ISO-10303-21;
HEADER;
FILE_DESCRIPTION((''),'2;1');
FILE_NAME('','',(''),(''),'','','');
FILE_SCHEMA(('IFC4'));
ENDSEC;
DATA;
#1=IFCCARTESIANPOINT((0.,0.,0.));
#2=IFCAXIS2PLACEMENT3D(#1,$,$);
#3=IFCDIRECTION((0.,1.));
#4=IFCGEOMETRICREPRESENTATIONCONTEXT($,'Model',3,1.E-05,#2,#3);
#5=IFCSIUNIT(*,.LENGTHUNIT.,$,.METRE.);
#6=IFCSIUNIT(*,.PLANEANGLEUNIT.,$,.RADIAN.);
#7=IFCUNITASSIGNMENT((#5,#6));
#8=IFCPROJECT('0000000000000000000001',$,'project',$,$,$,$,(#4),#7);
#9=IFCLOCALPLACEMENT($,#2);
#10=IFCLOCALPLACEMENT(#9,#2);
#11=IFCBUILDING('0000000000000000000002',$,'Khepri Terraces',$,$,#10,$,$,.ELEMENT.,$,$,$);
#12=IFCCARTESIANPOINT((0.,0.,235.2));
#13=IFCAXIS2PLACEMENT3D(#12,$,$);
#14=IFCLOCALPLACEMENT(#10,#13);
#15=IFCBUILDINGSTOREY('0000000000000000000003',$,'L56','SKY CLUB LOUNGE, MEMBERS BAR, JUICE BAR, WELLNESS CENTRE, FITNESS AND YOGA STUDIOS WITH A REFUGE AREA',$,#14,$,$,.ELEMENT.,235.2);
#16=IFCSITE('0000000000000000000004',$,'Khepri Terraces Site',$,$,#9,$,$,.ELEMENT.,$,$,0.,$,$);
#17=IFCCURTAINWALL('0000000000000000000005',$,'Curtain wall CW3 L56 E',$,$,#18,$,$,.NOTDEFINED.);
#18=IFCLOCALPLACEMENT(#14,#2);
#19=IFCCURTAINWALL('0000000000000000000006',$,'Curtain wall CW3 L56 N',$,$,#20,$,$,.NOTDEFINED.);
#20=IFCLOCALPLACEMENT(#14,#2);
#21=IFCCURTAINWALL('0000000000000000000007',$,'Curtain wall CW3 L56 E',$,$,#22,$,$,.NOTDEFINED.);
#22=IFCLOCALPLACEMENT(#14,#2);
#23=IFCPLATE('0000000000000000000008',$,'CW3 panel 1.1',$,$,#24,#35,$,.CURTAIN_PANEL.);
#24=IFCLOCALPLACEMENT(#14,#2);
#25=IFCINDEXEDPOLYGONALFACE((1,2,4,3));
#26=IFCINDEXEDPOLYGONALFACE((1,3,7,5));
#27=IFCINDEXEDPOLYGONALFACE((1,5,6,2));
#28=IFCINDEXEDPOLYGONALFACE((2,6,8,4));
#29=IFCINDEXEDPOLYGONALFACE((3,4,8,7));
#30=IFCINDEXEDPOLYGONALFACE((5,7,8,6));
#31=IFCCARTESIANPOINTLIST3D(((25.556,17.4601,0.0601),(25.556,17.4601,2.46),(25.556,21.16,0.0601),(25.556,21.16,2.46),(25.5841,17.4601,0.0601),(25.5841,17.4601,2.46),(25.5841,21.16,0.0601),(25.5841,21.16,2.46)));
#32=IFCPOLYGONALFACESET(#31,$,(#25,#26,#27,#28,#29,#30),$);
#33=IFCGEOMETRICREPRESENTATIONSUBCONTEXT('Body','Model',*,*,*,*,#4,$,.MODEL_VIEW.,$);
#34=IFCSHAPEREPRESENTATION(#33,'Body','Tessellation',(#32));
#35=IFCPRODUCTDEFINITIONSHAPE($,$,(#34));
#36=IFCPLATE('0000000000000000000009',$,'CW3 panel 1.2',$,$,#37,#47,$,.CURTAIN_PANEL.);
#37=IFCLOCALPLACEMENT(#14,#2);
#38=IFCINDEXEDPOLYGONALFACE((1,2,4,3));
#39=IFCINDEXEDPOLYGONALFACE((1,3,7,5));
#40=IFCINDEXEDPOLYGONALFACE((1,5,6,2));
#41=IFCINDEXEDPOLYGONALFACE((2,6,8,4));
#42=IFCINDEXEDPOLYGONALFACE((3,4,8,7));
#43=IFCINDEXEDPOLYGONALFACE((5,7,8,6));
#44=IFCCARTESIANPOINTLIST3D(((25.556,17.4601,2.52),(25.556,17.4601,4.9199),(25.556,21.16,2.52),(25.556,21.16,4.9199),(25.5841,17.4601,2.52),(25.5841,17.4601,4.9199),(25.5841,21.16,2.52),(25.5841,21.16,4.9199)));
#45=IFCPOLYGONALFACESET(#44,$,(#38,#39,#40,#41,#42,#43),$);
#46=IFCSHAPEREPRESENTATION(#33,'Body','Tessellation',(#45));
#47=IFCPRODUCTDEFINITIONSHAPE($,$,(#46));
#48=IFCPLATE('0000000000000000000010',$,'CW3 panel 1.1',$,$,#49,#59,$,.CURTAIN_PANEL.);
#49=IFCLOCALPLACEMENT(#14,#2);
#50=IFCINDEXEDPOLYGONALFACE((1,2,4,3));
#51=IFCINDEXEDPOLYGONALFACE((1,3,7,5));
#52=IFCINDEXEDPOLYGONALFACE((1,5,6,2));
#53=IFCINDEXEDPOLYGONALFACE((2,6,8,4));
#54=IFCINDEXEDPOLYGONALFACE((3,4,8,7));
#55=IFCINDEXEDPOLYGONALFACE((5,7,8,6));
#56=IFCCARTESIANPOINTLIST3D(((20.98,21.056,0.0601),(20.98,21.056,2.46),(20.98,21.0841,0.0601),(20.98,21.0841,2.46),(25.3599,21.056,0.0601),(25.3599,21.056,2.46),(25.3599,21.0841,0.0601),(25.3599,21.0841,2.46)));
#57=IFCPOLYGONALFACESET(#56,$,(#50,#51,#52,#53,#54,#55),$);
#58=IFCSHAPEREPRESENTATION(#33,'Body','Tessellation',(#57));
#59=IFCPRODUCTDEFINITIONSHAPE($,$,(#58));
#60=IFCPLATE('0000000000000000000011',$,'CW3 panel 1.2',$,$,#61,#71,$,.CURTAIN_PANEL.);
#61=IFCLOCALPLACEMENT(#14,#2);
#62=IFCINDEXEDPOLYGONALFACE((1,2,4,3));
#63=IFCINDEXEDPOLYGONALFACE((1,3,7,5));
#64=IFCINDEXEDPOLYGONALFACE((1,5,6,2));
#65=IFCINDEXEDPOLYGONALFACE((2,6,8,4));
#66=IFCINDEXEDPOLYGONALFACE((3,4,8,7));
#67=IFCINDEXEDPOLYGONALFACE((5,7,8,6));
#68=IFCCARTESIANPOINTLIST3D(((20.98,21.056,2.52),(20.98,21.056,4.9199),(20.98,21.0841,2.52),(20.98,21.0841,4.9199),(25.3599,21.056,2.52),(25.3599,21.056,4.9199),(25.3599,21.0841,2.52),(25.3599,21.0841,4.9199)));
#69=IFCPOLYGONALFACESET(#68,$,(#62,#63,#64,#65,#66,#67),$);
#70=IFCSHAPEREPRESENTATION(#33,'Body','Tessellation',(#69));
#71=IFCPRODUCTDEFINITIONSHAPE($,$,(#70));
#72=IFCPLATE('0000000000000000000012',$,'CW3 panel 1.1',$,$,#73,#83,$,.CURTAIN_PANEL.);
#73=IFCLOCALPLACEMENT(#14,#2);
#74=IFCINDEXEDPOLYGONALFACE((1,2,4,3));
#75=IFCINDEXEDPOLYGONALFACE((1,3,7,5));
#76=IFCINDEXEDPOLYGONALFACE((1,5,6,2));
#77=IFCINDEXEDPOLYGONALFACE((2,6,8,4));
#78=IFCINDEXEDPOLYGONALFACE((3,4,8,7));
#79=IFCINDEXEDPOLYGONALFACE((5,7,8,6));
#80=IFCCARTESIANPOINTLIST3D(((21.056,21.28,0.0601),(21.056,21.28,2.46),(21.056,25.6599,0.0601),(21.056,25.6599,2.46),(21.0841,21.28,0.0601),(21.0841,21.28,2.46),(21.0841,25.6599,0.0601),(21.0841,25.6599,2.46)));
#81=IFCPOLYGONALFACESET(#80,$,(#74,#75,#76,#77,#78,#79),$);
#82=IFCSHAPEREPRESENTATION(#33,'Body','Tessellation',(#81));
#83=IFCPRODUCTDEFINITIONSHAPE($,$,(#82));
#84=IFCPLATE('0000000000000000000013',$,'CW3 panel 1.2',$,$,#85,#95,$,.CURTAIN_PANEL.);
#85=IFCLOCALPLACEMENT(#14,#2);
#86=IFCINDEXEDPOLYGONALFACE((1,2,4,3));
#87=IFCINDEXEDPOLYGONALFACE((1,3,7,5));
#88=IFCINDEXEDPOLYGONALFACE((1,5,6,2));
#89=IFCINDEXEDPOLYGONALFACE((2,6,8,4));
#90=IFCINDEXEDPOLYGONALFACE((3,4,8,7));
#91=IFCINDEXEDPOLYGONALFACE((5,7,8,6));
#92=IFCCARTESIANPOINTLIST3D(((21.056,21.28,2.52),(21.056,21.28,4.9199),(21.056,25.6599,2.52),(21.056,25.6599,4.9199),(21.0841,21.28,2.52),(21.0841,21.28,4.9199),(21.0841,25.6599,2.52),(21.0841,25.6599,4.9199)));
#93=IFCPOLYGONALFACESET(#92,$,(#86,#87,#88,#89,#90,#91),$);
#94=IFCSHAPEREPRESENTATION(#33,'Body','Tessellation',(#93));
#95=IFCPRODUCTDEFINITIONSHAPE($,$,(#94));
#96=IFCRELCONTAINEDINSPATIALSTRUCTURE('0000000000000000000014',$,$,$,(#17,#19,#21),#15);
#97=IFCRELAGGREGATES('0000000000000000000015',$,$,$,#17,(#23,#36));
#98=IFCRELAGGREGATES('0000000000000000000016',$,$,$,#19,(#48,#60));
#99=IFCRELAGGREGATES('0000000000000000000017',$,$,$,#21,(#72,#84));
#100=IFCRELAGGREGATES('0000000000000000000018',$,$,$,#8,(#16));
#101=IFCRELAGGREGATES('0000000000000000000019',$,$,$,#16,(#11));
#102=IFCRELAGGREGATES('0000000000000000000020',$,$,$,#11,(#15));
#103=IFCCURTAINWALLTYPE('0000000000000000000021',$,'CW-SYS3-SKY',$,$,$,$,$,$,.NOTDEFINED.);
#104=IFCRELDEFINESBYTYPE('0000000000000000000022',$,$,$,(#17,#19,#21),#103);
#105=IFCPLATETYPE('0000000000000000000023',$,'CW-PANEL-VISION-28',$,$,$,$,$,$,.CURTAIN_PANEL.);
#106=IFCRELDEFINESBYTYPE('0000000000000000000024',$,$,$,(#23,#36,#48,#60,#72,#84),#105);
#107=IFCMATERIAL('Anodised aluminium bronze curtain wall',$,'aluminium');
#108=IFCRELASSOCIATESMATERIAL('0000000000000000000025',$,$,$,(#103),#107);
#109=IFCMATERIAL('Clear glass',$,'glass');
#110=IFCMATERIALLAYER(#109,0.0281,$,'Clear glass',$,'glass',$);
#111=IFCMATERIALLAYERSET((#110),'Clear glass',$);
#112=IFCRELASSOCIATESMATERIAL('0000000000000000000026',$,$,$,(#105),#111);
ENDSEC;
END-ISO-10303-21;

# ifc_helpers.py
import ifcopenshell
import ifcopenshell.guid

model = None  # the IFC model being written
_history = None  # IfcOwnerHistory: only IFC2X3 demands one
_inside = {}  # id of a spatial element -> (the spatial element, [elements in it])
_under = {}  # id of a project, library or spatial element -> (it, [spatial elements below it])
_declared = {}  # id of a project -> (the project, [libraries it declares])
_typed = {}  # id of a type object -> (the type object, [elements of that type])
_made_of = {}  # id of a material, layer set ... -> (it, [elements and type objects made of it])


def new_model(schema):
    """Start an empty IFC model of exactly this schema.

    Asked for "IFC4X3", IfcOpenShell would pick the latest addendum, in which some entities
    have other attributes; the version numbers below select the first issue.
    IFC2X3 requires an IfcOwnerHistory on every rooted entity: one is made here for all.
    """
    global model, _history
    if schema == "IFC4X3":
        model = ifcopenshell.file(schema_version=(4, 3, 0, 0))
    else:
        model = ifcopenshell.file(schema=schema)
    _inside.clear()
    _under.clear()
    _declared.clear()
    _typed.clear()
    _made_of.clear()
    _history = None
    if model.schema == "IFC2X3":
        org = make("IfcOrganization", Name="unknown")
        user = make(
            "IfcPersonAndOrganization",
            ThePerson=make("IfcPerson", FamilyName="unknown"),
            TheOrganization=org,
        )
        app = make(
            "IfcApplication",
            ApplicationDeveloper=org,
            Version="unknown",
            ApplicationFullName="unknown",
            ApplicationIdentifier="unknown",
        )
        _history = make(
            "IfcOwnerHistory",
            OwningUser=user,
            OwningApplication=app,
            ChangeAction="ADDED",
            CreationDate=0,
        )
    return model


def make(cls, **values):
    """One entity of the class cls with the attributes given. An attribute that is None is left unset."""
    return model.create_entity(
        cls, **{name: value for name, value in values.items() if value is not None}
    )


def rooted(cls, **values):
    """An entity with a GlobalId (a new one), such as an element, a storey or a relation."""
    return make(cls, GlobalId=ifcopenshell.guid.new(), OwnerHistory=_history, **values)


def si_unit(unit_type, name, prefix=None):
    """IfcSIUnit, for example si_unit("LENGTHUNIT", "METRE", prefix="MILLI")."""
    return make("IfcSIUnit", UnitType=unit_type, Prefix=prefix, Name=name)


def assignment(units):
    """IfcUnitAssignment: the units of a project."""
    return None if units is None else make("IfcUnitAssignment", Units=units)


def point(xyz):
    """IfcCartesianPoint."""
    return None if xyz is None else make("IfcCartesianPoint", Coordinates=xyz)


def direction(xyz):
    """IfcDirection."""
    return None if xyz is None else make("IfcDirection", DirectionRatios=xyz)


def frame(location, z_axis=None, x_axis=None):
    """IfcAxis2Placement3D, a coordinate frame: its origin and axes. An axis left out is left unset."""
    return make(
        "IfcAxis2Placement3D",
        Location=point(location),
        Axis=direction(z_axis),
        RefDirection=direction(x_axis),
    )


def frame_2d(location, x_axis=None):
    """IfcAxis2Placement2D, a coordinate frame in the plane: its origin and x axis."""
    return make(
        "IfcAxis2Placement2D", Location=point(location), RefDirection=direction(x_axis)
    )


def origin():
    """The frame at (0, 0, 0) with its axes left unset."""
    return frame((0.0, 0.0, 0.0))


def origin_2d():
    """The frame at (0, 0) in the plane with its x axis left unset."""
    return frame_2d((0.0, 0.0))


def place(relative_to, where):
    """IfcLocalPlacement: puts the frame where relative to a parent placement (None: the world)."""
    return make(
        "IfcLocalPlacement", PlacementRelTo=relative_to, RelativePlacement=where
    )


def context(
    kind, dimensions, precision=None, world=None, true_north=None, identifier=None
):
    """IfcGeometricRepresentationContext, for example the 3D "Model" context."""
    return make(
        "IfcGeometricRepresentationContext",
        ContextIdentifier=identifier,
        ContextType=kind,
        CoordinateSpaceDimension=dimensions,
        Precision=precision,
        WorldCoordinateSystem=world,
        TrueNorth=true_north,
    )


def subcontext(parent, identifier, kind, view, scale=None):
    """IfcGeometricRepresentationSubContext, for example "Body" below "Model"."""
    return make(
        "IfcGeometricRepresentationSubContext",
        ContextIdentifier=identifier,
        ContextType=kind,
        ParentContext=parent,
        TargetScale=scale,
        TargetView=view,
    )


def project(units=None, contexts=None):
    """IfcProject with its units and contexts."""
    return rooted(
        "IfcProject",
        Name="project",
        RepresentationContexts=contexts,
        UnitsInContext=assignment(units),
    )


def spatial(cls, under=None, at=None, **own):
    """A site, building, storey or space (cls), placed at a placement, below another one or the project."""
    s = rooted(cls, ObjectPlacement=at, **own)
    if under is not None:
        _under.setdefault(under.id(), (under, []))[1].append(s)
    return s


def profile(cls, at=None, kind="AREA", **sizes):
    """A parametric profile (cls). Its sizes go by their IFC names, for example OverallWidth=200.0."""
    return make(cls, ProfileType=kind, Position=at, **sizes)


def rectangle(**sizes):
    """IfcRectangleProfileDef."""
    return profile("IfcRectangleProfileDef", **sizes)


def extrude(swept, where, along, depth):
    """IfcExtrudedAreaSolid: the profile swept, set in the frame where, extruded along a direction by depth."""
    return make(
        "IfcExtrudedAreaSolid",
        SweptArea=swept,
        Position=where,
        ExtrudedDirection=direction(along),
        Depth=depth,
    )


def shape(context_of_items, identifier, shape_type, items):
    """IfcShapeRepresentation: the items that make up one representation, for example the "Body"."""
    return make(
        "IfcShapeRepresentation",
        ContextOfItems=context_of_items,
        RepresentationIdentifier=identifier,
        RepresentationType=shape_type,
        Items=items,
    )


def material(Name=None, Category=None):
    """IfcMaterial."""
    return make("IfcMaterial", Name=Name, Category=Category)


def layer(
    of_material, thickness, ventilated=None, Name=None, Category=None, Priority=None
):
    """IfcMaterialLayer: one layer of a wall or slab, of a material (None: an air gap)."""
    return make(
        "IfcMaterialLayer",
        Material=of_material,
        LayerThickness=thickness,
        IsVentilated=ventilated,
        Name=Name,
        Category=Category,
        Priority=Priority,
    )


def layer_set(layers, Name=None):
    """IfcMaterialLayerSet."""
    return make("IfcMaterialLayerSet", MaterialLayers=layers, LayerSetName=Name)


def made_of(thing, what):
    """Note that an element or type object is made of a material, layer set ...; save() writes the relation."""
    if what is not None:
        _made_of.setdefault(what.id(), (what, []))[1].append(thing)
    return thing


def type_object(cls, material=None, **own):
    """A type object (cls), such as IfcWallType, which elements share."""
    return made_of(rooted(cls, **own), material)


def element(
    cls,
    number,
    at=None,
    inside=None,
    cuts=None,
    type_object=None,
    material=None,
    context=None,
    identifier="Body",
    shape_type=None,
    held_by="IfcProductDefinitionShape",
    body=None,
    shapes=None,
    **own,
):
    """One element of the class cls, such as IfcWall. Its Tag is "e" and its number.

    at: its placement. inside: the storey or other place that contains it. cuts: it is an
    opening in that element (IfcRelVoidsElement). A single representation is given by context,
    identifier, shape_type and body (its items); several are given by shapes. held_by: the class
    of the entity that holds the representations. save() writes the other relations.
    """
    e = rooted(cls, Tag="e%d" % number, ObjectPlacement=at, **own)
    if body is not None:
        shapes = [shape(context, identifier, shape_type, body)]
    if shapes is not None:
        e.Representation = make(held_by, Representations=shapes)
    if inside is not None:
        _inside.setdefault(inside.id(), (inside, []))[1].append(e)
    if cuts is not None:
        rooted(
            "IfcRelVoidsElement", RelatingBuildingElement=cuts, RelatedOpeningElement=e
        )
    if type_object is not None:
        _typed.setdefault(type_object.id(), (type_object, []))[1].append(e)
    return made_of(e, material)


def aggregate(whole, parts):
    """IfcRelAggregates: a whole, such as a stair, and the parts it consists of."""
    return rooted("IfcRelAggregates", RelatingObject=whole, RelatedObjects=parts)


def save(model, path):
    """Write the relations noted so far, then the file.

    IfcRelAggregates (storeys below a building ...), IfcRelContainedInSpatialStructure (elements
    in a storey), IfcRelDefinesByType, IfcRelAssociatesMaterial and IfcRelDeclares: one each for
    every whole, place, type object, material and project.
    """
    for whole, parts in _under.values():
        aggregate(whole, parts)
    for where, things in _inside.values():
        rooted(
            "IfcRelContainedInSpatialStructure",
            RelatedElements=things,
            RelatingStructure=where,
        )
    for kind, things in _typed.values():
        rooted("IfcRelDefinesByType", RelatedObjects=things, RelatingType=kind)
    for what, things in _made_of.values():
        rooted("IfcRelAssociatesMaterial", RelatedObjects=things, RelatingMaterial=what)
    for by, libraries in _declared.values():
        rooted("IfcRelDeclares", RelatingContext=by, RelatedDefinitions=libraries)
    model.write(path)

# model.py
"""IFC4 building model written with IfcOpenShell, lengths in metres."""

from ifc_helpers import new_model, si_unit, direction, frame, origin, origin_2d, place, context, subcontext, project, spatial, rectangle, extrude, material, layer, layer_set, type_object, element, aggregate, save


model = new_model("IFC4")

# Units and contexts
model_context = context("Model", 3, precision=1e-05, world=origin(), true_north=direction((0.0, 1.0)))
body_context = subcontext(model_context, "Body", "Model", "MODEL_VIEW")
ifc_project = project(units=[si_unit("LENGTHUNIT", "METRE"), si_unit("PLANEANGLEUNIT", "RADIAN")], contexts=[model_context])

# Site, building, storey
site_placement = place(None, origin())
site = spatial("IfcSite", under=ifc_project, at=site_placement, Name="Khepri Terraces Site", CompositionType="ELEMENT", RefElevation=0.0)
building_placement = place(site_placement, origin())
building = spatial("IfcBuilding", under=site, at=building_placement, Name="Khepri Terraces", CompositionType="ELEMENT")
storey_placement = place(building_placement, frame((0.0, 0.0, 235.2)))
storey = spatial("IfcBuildingStorey", under=building, at=storey_placement, Name="L56", Description="SKY CLUB LOUNGE, MEMBERS BAR, JUICE BAR, WELLNESS CENTRE, FITNESS AND YOGA STUDIOS WITH A REFUGE AREA", CompositionType="ELEMENT", Elevation=235.2)

# Curtain walls
ifc_material_1 = material(Name="Anodised aluminium bronze curtain wall", Category="aluminium")
curtain_wall_type = type_object("IfcCurtainWallType", Name="CW-SYS3-SKY", PredefinedType="NOTDEFINED", material=ifc_material_1)
curtain_wall_1_placement = place(storey_placement, origin())
curtain_wall_1 = element("IfcCurtainWall", 1, at=curtain_wall_1_placement, inside=storey, type_object=curtain_wall_type, Name="Curtain wall CW3 L56 E", PredefinedType="NOTDEFINED")
curtain_wall_2_placement = place(storey_placement, origin())
curtain_wall_2 = element("IfcCurtainWall", 2, at=curtain_wall_2_placement, inside=storey, type_object=curtain_wall_type, Name="Curtain wall CW3 L56 N", PredefinedType="NOTDEFINED")
curtain_wall_3_placement = place(storey_placement, origin())
curtain_wall_3 = element("IfcCurtainWall", 3, at=curtain_wall_3_placement, inside=storey, type_object=curtain_wall_type, Name="Curtain wall CW3 L56 E", PredefinedType="NOTDEFINED")

# Plates
ifc_material_2 = material(Name="Clear glass", Category="glass")
ifc_layer = layer(ifc_material_2, 0.0281, Name="Clear glass", Category="glass")
ifc_layer_set = layer_set([ifc_layer], Name="Clear glass")
plate_type = type_object("IfcPlateType", Name="CW-PANEL-VISION-28", PredefinedType="CURTAIN_PANEL", material=ifc_layer_set)
plate_1_placement = place(storey_placement, frame((25.5701, 19.3101, 0.0601), z_axis=(0.0, 0.0, 1.0), x_axis=(0.0, 1.0, 0.0)))
plate_1 = element("IfcPlate", 4, at=plate_1_placement, type_object=plate_type, Name="CW3 panel 1.1", PredefinedType="CURTAIN_PANEL", context=body_context, shape_type="SweptSolid", body=[
    extrude(rectangle(XDim=3.7, YDim=0.0281, at=origin_2d()), origin(), (0.0, 0.0, 1.0), 2.3999),
])
plate_2_placement = place(storey_placement, frame((25.5701, 19.3101, 2.52), z_axis=(0.0, 0.0, 1.0), x_axis=(0.0, 1.0, 0.0)))
plate_2 = element("IfcPlate", 5, at=plate_2_placement, type_object=plate_type, Name="CW3 panel 1.2", PredefinedType="CURTAIN_PANEL", context=body_context, shape_type="SweptSolid", body=[
    extrude(rectangle(XDim=3.7, YDim=0.0281, at=origin_2d()), origin(), (0.0, 0.0, 1.0), 2.3999),
])
aggregate(curtain_wall_1, [plate_1, plate_2])
plate_3_placement = place(storey_placement, frame((23.1699, 21.0701, 0.0601), z_axis=(0.0, 0.0, 1.0), x_axis=(-1.0, 0.0, 0.0)))
plate_3 = element("IfcPlate", 6, at=plate_3_placement, type_object=plate_type, Name="CW3 panel 1.1", PredefinedType="CURTAIN_PANEL", context=body_context, shape_type="SweptSolid", body=[
    extrude(rectangle(XDim=4.3799, YDim=0.0281, at=origin_2d()), origin(), (0.0, 0.0, 1.0), 2.3999),
])
plate_4_placement = place(storey_placement, frame((23.1699, 21.0701, 2.52), z_axis=(0.0, 0.0, 1.0), x_axis=(-1.0, 0.0, 0.0)))
plate_4 = element("IfcPlate", 7, at=plate_4_placement, type_object=plate_type, Name="CW3 panel 1.2", PredefinedType="CURTAIN_PANEL", context=body_context, shape_type="SweptSolid", body=[
    extrude(rectangle(XDim=4.3799, YDim=0.0281, at=origin_2d()), origin(), (0.0, 0.0, 1.0), 2.3999),
])
aggregate(curtain_wall_2, [plate_3, plate_4])
plate_5_placement = place(storey_placement, frame((21.0701, 23.47, 0.0601), z_axis=(0.0, 0.0, 1.0), x_axis=(0.0, 1.0, 0.0)))
plate_5 = element("IfcPlate", 8, at=plate_5_placement, type_object=plate_type, Name="CW3 panel 1.1", PredefinedType="CURTAIN_PANEL", context=body_context, shape_type="SweptSolid", body=[
    extrude(rectangle(XDim=4.3799, YDim=0.0281, at=origin_2d()), origin(), (0.0, 0.0, 1.0), 2.3999),
])
plate_6_placement = place(storey_placement, frame((21.0701, 23.47, 2.52), z_axis=(0.0, 0.0, 1.0), x_axis=(0.0, 1.0, 0.0)))
plate_6 = element("IfcPlate", 9, at=plate_6_placement, type_object=plate_type, Name="CW3 panel 1.2", PredefinedType="CURTAIN_PANEL", context=body_context, shape_type="SweptSolid", body=[
    extrude(rectangle(XDim=4.3799, YDim=0.0281, at=origin_2d()), origin(), (0.0, 0.0, 1.0), 2.3999),
])
aggregate(curtain_wall_3, [plate_5, plate_6])

save(model, "model.ifc")
